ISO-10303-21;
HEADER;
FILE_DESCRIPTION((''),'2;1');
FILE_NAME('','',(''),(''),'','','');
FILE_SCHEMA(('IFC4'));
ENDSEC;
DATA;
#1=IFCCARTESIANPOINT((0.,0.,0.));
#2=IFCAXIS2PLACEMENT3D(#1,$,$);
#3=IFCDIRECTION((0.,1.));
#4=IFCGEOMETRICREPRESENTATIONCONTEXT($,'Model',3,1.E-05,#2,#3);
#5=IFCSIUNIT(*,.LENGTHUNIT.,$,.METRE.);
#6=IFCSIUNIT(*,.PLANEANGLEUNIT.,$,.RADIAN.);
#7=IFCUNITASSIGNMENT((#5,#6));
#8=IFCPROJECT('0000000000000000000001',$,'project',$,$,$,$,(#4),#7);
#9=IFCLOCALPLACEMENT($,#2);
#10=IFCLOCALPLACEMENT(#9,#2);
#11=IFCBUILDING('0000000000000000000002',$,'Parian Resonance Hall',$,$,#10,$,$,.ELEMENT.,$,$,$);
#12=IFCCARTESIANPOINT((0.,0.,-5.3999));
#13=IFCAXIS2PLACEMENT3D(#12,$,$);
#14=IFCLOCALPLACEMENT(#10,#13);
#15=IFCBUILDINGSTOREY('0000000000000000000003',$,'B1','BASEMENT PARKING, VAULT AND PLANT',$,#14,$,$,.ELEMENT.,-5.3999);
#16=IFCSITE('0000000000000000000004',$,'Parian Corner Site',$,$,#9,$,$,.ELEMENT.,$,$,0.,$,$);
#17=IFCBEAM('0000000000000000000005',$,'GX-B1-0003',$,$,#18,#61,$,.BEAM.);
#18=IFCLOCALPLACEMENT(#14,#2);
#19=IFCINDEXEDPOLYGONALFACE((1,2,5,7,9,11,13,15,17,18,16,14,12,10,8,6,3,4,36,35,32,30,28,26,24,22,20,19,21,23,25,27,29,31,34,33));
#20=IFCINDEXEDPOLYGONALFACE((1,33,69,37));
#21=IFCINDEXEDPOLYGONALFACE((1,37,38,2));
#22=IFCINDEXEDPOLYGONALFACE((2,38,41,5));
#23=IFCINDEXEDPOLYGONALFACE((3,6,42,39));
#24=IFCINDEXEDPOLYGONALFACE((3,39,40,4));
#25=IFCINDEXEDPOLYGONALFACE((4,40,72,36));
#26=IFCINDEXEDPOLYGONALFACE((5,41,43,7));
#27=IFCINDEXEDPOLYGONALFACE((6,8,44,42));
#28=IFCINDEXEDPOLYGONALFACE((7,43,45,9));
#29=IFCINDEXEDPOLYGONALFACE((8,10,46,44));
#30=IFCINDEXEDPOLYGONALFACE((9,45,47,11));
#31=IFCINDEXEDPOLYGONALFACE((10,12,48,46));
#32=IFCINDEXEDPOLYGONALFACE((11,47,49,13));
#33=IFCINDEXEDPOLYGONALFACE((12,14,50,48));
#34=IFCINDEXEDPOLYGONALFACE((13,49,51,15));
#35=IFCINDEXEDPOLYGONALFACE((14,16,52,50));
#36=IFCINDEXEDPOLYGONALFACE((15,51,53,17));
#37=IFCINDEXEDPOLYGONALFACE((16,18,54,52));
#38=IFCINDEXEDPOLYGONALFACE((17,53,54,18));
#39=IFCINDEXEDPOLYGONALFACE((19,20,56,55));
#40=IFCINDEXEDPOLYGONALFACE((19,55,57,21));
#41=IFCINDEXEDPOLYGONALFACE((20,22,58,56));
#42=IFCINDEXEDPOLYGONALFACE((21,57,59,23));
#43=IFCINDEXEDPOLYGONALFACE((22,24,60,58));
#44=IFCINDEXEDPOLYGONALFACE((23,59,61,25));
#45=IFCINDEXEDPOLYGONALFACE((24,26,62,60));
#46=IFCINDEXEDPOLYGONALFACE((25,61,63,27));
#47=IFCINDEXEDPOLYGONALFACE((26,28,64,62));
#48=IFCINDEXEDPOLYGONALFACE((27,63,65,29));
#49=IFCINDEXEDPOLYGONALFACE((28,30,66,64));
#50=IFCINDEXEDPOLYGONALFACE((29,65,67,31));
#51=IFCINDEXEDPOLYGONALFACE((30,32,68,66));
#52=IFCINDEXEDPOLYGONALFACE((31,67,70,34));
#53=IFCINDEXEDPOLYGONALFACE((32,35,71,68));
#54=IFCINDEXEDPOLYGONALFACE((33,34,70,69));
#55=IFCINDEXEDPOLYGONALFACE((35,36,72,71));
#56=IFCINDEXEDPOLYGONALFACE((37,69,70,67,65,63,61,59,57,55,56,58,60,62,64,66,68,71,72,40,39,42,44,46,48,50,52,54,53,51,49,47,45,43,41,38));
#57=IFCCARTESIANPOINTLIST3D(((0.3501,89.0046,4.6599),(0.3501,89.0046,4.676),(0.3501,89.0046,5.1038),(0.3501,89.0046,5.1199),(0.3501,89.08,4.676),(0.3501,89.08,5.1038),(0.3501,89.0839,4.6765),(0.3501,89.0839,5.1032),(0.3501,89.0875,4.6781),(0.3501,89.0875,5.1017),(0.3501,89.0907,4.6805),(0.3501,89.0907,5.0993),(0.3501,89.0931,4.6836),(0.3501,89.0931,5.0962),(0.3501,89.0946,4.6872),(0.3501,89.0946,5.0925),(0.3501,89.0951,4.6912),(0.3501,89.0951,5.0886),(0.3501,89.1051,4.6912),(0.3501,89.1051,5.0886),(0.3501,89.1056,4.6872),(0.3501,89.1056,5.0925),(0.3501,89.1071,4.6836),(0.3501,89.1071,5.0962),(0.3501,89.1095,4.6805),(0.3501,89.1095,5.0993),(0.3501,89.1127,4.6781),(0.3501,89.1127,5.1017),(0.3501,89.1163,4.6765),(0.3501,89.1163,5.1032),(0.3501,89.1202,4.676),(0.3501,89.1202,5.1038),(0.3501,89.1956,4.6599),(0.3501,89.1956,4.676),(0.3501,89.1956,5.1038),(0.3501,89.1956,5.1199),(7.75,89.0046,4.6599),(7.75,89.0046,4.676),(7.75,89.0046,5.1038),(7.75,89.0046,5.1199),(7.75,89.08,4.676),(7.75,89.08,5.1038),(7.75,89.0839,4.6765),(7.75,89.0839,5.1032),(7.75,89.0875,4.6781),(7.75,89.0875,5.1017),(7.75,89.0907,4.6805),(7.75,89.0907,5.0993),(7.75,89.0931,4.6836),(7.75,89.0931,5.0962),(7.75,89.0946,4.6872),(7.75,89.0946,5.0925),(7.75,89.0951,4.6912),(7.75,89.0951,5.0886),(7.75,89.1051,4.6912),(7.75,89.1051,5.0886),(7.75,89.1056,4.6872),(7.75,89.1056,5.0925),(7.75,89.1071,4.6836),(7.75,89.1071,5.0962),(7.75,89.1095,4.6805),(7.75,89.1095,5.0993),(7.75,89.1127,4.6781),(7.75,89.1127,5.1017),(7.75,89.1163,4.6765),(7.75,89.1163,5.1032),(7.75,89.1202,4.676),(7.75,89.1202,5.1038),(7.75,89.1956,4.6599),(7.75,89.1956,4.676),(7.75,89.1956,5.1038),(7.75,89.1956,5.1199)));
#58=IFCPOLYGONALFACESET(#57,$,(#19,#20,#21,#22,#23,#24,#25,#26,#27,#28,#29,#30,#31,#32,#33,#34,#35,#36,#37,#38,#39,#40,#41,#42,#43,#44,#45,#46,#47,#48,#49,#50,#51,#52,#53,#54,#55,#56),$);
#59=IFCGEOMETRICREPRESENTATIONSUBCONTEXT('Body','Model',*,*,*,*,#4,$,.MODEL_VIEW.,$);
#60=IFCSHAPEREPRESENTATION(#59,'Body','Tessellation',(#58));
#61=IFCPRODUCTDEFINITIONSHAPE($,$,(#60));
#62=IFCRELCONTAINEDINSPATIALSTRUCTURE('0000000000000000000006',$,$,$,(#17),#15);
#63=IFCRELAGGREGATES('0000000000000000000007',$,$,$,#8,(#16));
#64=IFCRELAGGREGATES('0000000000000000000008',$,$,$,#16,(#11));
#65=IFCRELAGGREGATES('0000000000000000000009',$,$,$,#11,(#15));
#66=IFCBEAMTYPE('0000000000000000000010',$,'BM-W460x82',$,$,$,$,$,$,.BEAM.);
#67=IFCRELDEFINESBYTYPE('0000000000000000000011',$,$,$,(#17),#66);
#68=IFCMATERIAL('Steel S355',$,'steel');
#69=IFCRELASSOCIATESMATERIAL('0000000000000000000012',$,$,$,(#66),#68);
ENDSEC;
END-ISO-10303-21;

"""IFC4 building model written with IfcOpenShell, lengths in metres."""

from ifc_helpers import new_model, si_unit, direction, frame, origin, origin_2d, place, context, subcontext, project, spatial, i_section, extrude, material, material_profile, profile_set, type_object, element, save


model = new_model("IFC4")

# Units and contexts
model_context = context("Model", 3, precision=1e-05, world=origin(), true_north=direction((0.0, 1.0)))
body_context = subcontext(model_context, "Body", "Model", "MODEL_VIEW")
ifc_project = project(units=[si_unit("LENGTHUNIT", "METRE"), si_unit("PLANEANGLEUNIT", "RADIAN")], contexts=[model_context])

# Site, building, storey
site_placement = place(None, origin())
site = spatial("IfcSite", under=ifc_project, at=site_placement, Name="Parian Corner Site", CompositionType="ELEMENT", RefElevation=0.0)
building_placement = place(site_placement, origin())
building = spatial("IfcBuilding", under=site, at=building_placement, Name="Parian Resonance Hall", CompositionType="ELEMENT")
storey_placement = place(building_placement, frame((0.0, 0.0, -5.3999)))
storey = spatial("IfcBuildingStorey", under=building, at=storey_placement, Name="B1", Description="BASEMENT PARKING, VAULT AND PLANT", CompositionType="ELEMENT", Elevation=-5.3999)

# Beam
ifc_material_1 = material(Name="Steel S355", Category="steel")
ifc_material_profile_1 = material_profile(ifc_material_1, i_section(OverallWidth=0.1909, OverallDepth=0.46, WebThickness=0.01, FlangeThickness=0.0161, FilletRadius=0.0151, at=origin_2d()), Name="W460x82")
ifc_profile_set_1 = profile_set([ifc_material_profile_1], Name="Steel S355")
beam_type_1 = type_object("IfcBeamType", Name="BM-W460x82", PredefinedType="BEAM", material=ifc_profile_set_1)
beam_1_placement = place(storey_placement, frame((0.3501, 89.1001, 4.8899), z_axis=(1.0, 0.0, 0.0), x_axis=(0.0, 1.0, 0.0)))
element("IfcBeam", 1, at=beam_1_placement, inside=storey, type_object=beam_type_1, Name="GX-B1-0003", PredefinedType="BEAM", context=body_context, shape_type="SweptSolid", body=[
    extrude(i_section(OverallWidth=0.1909, OverallDepth=0.46, WebThickness=0.01, FlangeThickness=0.0161, FilletRadius=0.0151, at=origin_2d()), origin(), (0.0, 0.0, 1.0), 7.3999),
])

save(model, "model.ifc")
